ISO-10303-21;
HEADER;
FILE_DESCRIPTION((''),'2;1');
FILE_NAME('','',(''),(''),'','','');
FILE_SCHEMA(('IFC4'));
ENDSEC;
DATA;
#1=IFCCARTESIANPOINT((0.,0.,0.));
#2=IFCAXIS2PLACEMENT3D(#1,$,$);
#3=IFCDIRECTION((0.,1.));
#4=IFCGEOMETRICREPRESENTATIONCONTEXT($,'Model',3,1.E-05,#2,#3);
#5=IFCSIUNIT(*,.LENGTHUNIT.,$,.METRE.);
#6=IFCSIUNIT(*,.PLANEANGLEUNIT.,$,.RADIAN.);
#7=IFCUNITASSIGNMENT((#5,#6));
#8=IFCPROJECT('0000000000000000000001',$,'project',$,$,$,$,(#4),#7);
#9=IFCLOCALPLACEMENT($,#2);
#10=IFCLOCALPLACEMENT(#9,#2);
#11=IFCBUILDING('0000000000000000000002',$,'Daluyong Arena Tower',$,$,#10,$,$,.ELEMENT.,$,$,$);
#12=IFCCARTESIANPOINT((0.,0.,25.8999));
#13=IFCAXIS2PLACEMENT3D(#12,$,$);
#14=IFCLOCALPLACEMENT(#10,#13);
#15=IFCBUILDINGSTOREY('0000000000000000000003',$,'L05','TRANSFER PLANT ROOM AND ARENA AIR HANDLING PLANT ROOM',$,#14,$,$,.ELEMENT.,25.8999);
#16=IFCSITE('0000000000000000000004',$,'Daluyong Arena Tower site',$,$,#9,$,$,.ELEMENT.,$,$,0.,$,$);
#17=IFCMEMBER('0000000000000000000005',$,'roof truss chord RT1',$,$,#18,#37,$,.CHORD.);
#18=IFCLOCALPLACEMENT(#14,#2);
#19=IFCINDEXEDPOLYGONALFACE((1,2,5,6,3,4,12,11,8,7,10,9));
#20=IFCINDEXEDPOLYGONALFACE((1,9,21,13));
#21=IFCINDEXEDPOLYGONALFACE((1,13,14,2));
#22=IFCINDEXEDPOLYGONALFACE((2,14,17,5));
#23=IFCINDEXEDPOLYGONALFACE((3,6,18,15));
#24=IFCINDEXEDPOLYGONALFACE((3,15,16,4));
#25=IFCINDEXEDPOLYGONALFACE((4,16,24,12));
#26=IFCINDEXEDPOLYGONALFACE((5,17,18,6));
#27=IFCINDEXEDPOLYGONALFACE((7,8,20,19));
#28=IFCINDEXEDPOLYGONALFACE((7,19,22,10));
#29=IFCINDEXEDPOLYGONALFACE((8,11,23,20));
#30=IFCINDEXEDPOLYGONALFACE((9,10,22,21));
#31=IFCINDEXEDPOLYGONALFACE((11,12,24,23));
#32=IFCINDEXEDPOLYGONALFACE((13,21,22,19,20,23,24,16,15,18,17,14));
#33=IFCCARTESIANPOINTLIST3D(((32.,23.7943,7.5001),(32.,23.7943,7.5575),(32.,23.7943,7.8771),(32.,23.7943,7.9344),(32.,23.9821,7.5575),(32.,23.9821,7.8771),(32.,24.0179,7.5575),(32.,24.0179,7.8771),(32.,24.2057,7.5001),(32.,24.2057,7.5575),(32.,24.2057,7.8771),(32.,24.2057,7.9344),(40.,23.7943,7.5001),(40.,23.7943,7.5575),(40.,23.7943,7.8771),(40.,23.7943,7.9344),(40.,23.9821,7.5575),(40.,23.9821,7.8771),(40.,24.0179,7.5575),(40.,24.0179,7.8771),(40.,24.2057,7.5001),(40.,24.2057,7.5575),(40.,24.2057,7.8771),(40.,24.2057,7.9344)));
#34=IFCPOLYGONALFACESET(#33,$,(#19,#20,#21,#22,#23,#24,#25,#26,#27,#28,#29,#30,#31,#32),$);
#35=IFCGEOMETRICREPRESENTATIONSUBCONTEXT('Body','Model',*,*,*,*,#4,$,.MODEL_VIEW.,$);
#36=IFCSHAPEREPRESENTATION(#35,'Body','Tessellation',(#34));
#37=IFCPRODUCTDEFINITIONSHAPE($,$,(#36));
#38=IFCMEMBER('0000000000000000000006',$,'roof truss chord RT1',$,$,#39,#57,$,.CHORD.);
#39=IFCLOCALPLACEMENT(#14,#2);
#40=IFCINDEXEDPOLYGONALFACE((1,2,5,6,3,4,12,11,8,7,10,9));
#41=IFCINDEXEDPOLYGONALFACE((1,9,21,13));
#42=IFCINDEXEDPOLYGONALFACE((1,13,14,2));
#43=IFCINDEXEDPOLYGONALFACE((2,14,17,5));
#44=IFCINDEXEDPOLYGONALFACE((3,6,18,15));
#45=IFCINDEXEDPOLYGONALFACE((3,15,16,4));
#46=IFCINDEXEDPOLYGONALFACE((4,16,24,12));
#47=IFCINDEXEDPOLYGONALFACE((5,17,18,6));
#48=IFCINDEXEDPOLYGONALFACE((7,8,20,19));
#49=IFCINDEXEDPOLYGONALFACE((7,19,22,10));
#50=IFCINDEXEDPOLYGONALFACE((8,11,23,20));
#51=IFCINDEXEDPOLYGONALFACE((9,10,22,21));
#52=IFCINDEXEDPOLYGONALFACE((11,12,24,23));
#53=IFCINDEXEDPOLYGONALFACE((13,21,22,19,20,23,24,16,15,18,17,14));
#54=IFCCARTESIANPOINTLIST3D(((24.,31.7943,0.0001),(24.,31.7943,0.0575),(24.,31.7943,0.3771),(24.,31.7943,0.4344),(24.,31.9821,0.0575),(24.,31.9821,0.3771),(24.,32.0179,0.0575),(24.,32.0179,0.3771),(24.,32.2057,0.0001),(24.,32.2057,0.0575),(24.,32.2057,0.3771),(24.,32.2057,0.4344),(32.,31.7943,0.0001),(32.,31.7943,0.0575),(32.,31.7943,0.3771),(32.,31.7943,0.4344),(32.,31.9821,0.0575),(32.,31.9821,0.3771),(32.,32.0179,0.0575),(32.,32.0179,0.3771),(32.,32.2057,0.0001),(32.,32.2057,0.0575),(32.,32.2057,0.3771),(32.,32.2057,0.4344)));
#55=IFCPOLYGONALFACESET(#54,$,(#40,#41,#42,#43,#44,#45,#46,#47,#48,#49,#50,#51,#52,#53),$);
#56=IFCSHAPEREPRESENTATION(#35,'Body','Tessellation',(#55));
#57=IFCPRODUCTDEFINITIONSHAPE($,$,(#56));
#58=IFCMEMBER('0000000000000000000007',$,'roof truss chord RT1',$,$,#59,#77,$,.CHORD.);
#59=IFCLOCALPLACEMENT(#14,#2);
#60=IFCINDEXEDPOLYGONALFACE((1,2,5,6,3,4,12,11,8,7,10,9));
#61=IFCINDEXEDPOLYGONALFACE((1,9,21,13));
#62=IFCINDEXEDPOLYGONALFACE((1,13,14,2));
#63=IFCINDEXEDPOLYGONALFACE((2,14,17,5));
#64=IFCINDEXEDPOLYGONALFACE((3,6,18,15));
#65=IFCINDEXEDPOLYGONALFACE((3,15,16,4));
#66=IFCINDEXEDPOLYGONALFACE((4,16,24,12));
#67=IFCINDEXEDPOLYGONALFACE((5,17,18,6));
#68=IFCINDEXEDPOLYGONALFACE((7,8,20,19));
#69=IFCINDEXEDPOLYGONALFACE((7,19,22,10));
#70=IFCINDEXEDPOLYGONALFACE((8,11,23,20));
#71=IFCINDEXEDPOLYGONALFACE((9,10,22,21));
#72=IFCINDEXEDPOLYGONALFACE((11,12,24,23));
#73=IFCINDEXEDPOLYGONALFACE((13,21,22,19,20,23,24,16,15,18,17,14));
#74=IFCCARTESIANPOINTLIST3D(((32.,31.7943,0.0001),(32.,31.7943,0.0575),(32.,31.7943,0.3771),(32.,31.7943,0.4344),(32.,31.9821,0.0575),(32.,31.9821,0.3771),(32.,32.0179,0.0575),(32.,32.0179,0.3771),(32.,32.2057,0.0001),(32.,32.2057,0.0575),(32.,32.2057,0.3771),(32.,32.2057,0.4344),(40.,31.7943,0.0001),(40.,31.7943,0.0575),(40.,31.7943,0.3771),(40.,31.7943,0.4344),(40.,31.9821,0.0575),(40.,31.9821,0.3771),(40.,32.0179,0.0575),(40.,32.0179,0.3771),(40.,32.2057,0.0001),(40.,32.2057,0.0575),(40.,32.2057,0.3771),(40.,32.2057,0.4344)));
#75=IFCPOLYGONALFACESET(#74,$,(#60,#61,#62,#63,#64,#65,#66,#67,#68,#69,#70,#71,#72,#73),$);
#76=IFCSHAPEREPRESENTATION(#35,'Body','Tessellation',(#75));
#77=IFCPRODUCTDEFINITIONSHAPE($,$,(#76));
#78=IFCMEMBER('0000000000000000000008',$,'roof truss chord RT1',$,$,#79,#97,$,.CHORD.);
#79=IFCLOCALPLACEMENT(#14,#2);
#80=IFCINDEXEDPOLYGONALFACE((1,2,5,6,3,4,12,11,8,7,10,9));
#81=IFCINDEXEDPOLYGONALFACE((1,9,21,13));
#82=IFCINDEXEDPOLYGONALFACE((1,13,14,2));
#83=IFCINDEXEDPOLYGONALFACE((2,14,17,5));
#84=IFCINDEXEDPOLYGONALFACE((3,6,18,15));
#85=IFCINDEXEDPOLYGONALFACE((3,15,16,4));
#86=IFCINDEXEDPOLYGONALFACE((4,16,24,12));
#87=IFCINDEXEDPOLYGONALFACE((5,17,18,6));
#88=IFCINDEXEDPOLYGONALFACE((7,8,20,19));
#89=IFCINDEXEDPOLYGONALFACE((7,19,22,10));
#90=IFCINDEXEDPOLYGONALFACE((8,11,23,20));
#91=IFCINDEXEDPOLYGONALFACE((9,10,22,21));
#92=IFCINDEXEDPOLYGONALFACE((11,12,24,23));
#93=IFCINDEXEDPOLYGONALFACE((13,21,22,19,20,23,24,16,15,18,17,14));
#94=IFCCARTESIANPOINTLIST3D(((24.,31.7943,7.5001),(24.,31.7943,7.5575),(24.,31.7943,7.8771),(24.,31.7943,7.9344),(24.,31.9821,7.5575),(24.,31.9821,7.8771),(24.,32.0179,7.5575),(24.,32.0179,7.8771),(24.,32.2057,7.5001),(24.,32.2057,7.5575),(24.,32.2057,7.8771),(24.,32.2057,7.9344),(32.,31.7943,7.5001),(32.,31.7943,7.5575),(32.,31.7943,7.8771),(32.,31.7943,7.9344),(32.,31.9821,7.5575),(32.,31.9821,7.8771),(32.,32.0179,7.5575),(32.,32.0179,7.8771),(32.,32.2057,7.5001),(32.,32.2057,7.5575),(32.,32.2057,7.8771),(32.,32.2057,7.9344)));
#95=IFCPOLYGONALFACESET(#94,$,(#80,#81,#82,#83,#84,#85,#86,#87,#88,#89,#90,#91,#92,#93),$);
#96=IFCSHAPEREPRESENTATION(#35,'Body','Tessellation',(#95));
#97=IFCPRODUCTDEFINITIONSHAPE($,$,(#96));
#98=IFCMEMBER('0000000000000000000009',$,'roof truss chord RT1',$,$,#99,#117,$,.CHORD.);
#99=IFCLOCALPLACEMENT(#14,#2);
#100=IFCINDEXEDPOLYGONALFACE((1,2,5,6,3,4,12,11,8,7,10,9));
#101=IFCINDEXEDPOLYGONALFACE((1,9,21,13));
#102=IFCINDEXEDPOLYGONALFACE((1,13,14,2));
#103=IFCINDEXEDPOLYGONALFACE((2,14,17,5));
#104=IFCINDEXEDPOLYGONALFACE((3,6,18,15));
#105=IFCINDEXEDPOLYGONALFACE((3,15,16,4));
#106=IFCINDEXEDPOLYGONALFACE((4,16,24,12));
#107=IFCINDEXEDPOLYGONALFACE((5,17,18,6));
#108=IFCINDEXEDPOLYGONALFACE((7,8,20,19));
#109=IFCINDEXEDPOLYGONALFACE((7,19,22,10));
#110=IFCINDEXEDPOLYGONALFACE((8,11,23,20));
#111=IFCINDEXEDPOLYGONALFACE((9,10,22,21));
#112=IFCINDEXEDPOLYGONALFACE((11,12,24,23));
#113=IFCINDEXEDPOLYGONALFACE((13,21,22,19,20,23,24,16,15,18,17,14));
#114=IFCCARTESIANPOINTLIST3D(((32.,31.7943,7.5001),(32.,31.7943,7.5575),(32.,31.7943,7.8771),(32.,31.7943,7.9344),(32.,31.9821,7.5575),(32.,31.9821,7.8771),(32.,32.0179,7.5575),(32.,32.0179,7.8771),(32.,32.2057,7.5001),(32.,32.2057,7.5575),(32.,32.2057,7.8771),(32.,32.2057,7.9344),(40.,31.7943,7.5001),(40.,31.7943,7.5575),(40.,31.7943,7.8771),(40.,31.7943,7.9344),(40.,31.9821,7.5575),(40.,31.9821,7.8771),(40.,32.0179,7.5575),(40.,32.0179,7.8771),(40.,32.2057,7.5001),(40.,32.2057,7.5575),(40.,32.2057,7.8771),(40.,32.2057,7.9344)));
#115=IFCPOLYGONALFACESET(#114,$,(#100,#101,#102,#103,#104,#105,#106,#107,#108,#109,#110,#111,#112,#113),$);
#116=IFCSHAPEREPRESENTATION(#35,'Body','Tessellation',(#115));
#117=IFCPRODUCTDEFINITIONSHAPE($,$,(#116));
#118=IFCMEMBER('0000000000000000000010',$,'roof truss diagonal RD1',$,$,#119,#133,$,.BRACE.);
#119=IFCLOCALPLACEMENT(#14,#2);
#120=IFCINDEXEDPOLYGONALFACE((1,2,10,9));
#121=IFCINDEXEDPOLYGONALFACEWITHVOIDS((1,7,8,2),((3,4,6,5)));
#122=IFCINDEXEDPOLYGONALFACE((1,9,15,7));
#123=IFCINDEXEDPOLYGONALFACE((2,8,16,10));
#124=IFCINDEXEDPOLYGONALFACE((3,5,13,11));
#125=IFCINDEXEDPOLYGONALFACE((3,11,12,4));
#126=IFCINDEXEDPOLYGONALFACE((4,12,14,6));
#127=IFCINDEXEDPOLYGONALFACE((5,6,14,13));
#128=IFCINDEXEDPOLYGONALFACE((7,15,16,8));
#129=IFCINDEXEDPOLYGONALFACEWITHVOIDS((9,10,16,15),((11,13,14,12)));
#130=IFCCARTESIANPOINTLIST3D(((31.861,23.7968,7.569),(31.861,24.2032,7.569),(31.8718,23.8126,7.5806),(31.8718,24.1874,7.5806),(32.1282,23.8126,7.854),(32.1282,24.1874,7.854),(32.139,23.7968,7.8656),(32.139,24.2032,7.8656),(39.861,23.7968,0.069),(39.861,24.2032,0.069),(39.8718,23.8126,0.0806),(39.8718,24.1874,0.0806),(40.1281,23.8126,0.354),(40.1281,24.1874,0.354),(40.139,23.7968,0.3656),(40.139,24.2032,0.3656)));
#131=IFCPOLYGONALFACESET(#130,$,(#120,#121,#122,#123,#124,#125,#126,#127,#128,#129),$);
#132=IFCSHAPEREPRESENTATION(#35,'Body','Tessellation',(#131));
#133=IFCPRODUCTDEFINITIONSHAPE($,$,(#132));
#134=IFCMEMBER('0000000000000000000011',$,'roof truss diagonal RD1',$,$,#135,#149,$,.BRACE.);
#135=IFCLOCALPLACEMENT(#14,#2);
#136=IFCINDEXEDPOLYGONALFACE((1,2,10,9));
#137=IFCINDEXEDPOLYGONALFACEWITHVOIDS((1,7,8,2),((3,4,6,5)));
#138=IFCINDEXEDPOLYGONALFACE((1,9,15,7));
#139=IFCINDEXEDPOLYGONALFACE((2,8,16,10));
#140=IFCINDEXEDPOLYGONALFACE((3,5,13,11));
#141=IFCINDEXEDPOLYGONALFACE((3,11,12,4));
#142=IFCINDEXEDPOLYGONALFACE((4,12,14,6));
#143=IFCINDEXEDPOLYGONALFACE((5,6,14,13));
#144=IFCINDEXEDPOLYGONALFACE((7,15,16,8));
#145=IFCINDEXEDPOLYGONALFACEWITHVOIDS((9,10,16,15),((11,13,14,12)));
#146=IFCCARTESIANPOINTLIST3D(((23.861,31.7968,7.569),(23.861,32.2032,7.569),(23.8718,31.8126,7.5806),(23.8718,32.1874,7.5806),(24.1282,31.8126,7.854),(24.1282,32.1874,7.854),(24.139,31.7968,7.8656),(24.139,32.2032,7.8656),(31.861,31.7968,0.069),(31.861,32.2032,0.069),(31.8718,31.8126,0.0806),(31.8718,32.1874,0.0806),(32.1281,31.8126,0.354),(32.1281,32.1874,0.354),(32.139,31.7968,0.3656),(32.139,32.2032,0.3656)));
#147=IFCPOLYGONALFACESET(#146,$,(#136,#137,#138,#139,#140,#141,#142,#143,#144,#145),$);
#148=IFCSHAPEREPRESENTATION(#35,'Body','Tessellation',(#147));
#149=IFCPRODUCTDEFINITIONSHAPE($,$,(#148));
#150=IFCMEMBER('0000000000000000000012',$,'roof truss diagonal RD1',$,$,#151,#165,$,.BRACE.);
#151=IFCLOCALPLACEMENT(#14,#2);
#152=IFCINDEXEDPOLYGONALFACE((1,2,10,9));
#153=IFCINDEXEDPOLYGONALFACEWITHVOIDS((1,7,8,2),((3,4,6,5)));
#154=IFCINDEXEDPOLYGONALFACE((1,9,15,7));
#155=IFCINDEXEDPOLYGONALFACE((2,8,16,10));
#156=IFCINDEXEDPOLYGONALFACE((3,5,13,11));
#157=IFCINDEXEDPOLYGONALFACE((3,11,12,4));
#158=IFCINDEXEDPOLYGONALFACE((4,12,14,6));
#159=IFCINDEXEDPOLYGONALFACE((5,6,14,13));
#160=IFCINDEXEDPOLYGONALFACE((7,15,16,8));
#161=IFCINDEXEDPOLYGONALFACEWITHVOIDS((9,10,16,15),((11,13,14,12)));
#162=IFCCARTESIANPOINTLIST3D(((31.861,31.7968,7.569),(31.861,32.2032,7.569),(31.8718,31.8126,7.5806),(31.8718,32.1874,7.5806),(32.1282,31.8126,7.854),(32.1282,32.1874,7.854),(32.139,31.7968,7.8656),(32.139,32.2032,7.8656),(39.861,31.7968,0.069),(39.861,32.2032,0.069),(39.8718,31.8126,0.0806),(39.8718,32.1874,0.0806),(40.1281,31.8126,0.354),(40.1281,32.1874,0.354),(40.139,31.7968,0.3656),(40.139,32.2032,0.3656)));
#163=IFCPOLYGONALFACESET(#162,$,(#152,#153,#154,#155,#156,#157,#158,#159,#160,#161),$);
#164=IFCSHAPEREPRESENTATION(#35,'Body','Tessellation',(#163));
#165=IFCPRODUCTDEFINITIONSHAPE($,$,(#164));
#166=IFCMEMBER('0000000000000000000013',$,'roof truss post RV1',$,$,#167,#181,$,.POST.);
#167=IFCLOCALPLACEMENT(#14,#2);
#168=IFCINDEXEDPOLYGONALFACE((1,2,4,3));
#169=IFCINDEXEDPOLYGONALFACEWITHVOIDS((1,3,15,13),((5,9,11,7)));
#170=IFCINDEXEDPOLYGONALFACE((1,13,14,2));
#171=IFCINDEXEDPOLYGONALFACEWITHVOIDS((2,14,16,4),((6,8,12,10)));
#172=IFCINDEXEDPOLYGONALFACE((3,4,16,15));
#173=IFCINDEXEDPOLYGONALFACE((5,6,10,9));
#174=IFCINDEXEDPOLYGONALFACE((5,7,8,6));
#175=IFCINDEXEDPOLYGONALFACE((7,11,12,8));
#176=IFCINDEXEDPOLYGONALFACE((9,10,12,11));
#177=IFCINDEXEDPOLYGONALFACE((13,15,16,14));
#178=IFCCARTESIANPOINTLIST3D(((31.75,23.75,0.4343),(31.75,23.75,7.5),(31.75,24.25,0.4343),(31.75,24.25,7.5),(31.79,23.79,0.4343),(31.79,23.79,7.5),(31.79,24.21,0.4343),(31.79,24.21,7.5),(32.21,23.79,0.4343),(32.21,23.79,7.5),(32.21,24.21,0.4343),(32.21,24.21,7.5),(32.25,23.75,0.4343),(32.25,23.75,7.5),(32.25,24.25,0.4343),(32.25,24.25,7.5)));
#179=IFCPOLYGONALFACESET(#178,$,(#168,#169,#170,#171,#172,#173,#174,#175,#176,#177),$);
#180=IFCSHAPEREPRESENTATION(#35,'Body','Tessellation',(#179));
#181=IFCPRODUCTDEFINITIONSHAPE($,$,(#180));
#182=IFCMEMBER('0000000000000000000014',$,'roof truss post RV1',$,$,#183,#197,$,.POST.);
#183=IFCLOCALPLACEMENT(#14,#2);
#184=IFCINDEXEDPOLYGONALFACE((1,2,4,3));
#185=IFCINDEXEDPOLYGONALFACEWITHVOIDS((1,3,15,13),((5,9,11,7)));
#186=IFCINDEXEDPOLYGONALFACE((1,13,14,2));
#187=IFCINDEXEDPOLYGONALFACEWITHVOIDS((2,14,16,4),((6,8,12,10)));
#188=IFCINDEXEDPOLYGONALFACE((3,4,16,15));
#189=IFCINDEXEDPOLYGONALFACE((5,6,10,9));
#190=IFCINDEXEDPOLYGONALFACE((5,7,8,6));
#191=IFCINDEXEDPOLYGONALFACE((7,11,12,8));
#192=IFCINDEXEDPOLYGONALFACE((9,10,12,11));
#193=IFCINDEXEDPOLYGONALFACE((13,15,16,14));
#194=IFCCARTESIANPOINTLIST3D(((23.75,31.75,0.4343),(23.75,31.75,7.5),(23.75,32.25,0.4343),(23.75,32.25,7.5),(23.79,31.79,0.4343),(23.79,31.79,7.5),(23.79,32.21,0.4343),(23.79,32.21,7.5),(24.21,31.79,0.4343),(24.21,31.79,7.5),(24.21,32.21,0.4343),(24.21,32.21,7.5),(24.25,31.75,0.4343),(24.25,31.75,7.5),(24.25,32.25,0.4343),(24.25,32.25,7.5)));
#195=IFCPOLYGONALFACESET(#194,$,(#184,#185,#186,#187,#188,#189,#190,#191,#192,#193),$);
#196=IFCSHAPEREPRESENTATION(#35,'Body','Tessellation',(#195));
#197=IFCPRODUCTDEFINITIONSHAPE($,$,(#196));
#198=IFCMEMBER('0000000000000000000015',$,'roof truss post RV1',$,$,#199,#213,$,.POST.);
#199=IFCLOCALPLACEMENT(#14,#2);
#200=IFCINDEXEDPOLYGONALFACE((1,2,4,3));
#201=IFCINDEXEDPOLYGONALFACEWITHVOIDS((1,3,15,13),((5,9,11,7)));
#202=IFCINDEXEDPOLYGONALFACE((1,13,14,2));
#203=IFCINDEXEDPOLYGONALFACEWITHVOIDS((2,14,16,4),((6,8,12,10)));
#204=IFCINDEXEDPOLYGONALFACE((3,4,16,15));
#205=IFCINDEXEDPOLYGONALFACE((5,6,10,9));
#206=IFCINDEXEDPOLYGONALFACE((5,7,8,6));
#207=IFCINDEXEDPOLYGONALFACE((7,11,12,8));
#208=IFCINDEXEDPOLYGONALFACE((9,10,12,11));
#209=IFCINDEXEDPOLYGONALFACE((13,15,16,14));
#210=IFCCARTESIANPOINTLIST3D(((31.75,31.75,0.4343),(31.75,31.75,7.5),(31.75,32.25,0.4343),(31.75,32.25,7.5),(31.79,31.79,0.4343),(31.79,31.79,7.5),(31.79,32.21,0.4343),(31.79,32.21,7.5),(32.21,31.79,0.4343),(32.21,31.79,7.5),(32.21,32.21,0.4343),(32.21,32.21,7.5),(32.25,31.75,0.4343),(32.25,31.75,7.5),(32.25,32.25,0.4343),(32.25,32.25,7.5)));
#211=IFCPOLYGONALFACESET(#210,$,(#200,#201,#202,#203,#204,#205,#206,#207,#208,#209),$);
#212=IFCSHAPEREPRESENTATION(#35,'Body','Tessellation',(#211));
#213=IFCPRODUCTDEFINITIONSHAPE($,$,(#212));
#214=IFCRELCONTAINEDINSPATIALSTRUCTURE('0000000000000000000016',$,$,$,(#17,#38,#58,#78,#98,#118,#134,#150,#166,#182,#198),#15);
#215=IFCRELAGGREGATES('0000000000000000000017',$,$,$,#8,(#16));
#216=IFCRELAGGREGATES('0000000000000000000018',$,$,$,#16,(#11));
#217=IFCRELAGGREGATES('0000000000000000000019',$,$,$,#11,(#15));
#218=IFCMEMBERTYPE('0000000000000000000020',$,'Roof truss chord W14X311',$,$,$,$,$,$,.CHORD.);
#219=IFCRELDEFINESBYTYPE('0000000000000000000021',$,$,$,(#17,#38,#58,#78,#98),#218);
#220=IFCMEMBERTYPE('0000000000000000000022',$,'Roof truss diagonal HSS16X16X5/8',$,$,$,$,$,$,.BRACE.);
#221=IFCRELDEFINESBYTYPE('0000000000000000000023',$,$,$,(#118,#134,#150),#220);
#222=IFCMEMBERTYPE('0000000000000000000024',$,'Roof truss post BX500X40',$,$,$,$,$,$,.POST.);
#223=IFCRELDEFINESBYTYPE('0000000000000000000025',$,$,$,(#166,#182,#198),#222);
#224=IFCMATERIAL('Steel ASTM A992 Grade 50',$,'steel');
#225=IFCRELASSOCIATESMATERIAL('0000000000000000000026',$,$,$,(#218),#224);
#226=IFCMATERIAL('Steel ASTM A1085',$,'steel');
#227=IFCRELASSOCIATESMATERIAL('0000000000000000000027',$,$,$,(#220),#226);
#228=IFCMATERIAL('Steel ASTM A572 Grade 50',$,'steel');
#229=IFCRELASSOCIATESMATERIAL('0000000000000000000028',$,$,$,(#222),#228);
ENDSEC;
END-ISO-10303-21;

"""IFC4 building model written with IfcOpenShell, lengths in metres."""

from ifc_helpers import new_model, si_unit, direction, frame, origin, origin_2d, place, context, subcontext, project, spatial, hollow_rectangle, i_section, extrude, material, material_profile, profile_set, type_object, element, save


model = new_model("IFC4")

# Units and contexts
model_context = context("Model", 3, precision=1e-05, world=origin(), true_north=direction((0.0, 1.0)))
body_context = subcontext(model_context, "Body", "Model", "MODEL_VIEW")
ifc_project = project(units=[si_unit("LENGTHUNIT", "METRE"), si_unit("PLANEANGLEUNIT", "RADIAN")], contexts=[model_context])

# Site, building, storey
site_placement = place(None, origin())
site = spatial("IfcSite", under=ifc_project, at=site_placement, Name="Daluyong Arena Tower site", CompositionType="ELEMENT", RefElevation=0.0)
building_placement = place(site_placement, origin())
building = spatial("IfcBuilding", under=site, at=building_placement, Name="Daluyong Arena Tower", CompositionType="ELEMENT")
storey_placement = place(building_placement, frame((0.0, 0.0, 25.8999)))
storey = spatial("IfcBuildingStorey", under=building, at=storey_placement, Name="L05", Description="TRANSFER PLANT ROOM AND ARENA AIR HANDLING PLANT ROOM", CompositionType="ELEMENT", Elevation=25.8999)

# Members
ifc_material_1 = material(Name="Steel ASTM A992 Grade 50", Category="steel")
ifc_material_profile_1 = material_profile(ifc_material_1, i_section(OverallWidth=0.4114, OverallDepth=0.4343, WebThickness=0.0359, FlangeThickness=0.0574, at=origin_2d()))
ifc_profile_set_1 = profile_set([ifc_material_profile_1], Name="Steel ASTM A992 Grade 50")
member_type_1 = type_object("IfcMemberType", Name="Roof truss chord W14X311", PredefinedType="CHORD", material=ifc_profile_set_1)
for number, where, z_axis, x_axis, name in (
    (1, (32.0, 24.0, 7.7173), (1.0, 0.0, 0.0), (0.0, 1.0, 0.0), "roof truss chord RT1"),
    (2, (24.0, 32.0, 0.2173), (1.0, 0.0, 0.0), (0.0, 1.0, 0.0), "roof truss chord RT1"),
    (3, (32.0, 32.0, 0.2173), (1.0, 0.0, 0.0), (0.0, 1.0, 0.0), "roof truss chord RT1"),
    (4, (24.0, 32.0, 7.7173), (1.0, 0.0, 0.0), (0.0, 1.0, 0.0), "roof truss chord RT1"),
    (5, (32.0, 32.0, 7.7173), (1.0, 0.0, 0.0), (0.0, 1.0, 0.0), "roof truss chord RT1"),
):
    element("IfcMember", number, at=place(storey_placement, frame(where, z_axis=z_axis, x_axis=x_axis)), inside=storey, type_object=member_type_1, Name=name, PredefinedType="CHORD", context=body_context, shape_type="SweptSolid", body=[
        extrude(i_section(OverallWidth=0.4114, OverallDepth=0.4343, WebThickness=0.0359, FlangeThickness=0.0574, at=origin_2d()), origin(), (0.0, 0.0, 1.0), 8.0),
    ])
ifc_material_2 = material(Name="Steel ASTM A1085", Category="steel")
ifc_material_profile_2 = material_profile(ifc_material_2, hollow_rectangle(XDim=0.4065, YDim=0.4065, WallThickness=0.0159, at=origin_2d()))
ifc_profile_set_2 = profile_set([ifc_material_profile_2], Name="Steel ASTM A1085")
member_type_2 = type_object("IfcMemberType", Name="Roof truss diagonal HSS16X16X5/8", PredefinedType="BRACE", material=ifc_profile_set_2)
for number, where, z_axis, x_axis, name in (
    (6, (32.0, 24.0, 7.7173), (0.729537, 0.0, -0.683941), (0.0, 1.0, 0.0), "roof truss diagonal RD1"),
    (7, (24.0, 32.0, 7.7173), (0.729537, 0.0, -0.683941), (0.0, 1.0, 0.0), "roof truss diagonal RD1"),
    (8, (32.0, 32.0, 7.7173), (0.729537, 0.0, -0.683941), (0.0, 1.0, 0.0), "roof truss diagonal RD1"),
):
    element("IfcMember", number, at=place(storey_placement, frame(where, z_axis=z_axis, x_axis=x_axis)), inside=storey, type_object=member_type_2, Name=name, PredefinedType="BRACE", context=body_context, shape_type="SweptSolid", body=[
        extrude(hollow_rectangle(XDim=0.4065, YDim=0.4065, WallThickness=0.0159, at=origin_2d()), origin(), (0.0, 0.0, 1.0), 10.9658),
    ])
ifc_material_3 = material(Name="Steel ASTM A572 Grade 50", Category="steel")
ifc_material_profile_3 = material_profile(ifc_material_3, hollow_rectangle(XDim=0.5, YDim=0.5, WallThickness=0.04, at=origin_2d()))
ifc_profile_set_3 = profile_set([ifc_material_profile_3], Name="Steel ASTM A572 Grade 50")
member_type_3 = type_object("IfcMemberType", Name="Roof truss post BX500X40", PredefinedType="POST", material=ifc_profile_set_3)
for number, where, z_axis, x_axis, name in (
    (9, (32.0, 24.0, 0.4343), (0.0, 0.0, 1.0), (1.0, 0.0, 0.0), "roof truss post RV1"),
    (10, (24.0, 32.0, 0.4343), (0.0, 0.0, 1.0), (1.0, 0.0, 0.0), "roof truss post RV1"),
    (11, (32.0, 32.0, 0.4343), (0.0, 0.0, 1.0), (1.0, 0.0, 0.0), "roof truss post RV1"),
):
    element("IfcMember", number, at=place(storey_placement, frame(where, z_axis=z_axis, x_axis=x_axis)), inside=storey, type_object=member_type_3, Name=name, PredefinedType="POST", context=body_context, shape_type="SweptSolid", body=[
        extrude(hollow_rectangle(XDim=0.5, YDim=0.5, WallThickness=0.04, at=origin_2d()), origin(), (0.0, 0.0, 1.0), 7.0657),
    ])

save(model, "model.ifc")
